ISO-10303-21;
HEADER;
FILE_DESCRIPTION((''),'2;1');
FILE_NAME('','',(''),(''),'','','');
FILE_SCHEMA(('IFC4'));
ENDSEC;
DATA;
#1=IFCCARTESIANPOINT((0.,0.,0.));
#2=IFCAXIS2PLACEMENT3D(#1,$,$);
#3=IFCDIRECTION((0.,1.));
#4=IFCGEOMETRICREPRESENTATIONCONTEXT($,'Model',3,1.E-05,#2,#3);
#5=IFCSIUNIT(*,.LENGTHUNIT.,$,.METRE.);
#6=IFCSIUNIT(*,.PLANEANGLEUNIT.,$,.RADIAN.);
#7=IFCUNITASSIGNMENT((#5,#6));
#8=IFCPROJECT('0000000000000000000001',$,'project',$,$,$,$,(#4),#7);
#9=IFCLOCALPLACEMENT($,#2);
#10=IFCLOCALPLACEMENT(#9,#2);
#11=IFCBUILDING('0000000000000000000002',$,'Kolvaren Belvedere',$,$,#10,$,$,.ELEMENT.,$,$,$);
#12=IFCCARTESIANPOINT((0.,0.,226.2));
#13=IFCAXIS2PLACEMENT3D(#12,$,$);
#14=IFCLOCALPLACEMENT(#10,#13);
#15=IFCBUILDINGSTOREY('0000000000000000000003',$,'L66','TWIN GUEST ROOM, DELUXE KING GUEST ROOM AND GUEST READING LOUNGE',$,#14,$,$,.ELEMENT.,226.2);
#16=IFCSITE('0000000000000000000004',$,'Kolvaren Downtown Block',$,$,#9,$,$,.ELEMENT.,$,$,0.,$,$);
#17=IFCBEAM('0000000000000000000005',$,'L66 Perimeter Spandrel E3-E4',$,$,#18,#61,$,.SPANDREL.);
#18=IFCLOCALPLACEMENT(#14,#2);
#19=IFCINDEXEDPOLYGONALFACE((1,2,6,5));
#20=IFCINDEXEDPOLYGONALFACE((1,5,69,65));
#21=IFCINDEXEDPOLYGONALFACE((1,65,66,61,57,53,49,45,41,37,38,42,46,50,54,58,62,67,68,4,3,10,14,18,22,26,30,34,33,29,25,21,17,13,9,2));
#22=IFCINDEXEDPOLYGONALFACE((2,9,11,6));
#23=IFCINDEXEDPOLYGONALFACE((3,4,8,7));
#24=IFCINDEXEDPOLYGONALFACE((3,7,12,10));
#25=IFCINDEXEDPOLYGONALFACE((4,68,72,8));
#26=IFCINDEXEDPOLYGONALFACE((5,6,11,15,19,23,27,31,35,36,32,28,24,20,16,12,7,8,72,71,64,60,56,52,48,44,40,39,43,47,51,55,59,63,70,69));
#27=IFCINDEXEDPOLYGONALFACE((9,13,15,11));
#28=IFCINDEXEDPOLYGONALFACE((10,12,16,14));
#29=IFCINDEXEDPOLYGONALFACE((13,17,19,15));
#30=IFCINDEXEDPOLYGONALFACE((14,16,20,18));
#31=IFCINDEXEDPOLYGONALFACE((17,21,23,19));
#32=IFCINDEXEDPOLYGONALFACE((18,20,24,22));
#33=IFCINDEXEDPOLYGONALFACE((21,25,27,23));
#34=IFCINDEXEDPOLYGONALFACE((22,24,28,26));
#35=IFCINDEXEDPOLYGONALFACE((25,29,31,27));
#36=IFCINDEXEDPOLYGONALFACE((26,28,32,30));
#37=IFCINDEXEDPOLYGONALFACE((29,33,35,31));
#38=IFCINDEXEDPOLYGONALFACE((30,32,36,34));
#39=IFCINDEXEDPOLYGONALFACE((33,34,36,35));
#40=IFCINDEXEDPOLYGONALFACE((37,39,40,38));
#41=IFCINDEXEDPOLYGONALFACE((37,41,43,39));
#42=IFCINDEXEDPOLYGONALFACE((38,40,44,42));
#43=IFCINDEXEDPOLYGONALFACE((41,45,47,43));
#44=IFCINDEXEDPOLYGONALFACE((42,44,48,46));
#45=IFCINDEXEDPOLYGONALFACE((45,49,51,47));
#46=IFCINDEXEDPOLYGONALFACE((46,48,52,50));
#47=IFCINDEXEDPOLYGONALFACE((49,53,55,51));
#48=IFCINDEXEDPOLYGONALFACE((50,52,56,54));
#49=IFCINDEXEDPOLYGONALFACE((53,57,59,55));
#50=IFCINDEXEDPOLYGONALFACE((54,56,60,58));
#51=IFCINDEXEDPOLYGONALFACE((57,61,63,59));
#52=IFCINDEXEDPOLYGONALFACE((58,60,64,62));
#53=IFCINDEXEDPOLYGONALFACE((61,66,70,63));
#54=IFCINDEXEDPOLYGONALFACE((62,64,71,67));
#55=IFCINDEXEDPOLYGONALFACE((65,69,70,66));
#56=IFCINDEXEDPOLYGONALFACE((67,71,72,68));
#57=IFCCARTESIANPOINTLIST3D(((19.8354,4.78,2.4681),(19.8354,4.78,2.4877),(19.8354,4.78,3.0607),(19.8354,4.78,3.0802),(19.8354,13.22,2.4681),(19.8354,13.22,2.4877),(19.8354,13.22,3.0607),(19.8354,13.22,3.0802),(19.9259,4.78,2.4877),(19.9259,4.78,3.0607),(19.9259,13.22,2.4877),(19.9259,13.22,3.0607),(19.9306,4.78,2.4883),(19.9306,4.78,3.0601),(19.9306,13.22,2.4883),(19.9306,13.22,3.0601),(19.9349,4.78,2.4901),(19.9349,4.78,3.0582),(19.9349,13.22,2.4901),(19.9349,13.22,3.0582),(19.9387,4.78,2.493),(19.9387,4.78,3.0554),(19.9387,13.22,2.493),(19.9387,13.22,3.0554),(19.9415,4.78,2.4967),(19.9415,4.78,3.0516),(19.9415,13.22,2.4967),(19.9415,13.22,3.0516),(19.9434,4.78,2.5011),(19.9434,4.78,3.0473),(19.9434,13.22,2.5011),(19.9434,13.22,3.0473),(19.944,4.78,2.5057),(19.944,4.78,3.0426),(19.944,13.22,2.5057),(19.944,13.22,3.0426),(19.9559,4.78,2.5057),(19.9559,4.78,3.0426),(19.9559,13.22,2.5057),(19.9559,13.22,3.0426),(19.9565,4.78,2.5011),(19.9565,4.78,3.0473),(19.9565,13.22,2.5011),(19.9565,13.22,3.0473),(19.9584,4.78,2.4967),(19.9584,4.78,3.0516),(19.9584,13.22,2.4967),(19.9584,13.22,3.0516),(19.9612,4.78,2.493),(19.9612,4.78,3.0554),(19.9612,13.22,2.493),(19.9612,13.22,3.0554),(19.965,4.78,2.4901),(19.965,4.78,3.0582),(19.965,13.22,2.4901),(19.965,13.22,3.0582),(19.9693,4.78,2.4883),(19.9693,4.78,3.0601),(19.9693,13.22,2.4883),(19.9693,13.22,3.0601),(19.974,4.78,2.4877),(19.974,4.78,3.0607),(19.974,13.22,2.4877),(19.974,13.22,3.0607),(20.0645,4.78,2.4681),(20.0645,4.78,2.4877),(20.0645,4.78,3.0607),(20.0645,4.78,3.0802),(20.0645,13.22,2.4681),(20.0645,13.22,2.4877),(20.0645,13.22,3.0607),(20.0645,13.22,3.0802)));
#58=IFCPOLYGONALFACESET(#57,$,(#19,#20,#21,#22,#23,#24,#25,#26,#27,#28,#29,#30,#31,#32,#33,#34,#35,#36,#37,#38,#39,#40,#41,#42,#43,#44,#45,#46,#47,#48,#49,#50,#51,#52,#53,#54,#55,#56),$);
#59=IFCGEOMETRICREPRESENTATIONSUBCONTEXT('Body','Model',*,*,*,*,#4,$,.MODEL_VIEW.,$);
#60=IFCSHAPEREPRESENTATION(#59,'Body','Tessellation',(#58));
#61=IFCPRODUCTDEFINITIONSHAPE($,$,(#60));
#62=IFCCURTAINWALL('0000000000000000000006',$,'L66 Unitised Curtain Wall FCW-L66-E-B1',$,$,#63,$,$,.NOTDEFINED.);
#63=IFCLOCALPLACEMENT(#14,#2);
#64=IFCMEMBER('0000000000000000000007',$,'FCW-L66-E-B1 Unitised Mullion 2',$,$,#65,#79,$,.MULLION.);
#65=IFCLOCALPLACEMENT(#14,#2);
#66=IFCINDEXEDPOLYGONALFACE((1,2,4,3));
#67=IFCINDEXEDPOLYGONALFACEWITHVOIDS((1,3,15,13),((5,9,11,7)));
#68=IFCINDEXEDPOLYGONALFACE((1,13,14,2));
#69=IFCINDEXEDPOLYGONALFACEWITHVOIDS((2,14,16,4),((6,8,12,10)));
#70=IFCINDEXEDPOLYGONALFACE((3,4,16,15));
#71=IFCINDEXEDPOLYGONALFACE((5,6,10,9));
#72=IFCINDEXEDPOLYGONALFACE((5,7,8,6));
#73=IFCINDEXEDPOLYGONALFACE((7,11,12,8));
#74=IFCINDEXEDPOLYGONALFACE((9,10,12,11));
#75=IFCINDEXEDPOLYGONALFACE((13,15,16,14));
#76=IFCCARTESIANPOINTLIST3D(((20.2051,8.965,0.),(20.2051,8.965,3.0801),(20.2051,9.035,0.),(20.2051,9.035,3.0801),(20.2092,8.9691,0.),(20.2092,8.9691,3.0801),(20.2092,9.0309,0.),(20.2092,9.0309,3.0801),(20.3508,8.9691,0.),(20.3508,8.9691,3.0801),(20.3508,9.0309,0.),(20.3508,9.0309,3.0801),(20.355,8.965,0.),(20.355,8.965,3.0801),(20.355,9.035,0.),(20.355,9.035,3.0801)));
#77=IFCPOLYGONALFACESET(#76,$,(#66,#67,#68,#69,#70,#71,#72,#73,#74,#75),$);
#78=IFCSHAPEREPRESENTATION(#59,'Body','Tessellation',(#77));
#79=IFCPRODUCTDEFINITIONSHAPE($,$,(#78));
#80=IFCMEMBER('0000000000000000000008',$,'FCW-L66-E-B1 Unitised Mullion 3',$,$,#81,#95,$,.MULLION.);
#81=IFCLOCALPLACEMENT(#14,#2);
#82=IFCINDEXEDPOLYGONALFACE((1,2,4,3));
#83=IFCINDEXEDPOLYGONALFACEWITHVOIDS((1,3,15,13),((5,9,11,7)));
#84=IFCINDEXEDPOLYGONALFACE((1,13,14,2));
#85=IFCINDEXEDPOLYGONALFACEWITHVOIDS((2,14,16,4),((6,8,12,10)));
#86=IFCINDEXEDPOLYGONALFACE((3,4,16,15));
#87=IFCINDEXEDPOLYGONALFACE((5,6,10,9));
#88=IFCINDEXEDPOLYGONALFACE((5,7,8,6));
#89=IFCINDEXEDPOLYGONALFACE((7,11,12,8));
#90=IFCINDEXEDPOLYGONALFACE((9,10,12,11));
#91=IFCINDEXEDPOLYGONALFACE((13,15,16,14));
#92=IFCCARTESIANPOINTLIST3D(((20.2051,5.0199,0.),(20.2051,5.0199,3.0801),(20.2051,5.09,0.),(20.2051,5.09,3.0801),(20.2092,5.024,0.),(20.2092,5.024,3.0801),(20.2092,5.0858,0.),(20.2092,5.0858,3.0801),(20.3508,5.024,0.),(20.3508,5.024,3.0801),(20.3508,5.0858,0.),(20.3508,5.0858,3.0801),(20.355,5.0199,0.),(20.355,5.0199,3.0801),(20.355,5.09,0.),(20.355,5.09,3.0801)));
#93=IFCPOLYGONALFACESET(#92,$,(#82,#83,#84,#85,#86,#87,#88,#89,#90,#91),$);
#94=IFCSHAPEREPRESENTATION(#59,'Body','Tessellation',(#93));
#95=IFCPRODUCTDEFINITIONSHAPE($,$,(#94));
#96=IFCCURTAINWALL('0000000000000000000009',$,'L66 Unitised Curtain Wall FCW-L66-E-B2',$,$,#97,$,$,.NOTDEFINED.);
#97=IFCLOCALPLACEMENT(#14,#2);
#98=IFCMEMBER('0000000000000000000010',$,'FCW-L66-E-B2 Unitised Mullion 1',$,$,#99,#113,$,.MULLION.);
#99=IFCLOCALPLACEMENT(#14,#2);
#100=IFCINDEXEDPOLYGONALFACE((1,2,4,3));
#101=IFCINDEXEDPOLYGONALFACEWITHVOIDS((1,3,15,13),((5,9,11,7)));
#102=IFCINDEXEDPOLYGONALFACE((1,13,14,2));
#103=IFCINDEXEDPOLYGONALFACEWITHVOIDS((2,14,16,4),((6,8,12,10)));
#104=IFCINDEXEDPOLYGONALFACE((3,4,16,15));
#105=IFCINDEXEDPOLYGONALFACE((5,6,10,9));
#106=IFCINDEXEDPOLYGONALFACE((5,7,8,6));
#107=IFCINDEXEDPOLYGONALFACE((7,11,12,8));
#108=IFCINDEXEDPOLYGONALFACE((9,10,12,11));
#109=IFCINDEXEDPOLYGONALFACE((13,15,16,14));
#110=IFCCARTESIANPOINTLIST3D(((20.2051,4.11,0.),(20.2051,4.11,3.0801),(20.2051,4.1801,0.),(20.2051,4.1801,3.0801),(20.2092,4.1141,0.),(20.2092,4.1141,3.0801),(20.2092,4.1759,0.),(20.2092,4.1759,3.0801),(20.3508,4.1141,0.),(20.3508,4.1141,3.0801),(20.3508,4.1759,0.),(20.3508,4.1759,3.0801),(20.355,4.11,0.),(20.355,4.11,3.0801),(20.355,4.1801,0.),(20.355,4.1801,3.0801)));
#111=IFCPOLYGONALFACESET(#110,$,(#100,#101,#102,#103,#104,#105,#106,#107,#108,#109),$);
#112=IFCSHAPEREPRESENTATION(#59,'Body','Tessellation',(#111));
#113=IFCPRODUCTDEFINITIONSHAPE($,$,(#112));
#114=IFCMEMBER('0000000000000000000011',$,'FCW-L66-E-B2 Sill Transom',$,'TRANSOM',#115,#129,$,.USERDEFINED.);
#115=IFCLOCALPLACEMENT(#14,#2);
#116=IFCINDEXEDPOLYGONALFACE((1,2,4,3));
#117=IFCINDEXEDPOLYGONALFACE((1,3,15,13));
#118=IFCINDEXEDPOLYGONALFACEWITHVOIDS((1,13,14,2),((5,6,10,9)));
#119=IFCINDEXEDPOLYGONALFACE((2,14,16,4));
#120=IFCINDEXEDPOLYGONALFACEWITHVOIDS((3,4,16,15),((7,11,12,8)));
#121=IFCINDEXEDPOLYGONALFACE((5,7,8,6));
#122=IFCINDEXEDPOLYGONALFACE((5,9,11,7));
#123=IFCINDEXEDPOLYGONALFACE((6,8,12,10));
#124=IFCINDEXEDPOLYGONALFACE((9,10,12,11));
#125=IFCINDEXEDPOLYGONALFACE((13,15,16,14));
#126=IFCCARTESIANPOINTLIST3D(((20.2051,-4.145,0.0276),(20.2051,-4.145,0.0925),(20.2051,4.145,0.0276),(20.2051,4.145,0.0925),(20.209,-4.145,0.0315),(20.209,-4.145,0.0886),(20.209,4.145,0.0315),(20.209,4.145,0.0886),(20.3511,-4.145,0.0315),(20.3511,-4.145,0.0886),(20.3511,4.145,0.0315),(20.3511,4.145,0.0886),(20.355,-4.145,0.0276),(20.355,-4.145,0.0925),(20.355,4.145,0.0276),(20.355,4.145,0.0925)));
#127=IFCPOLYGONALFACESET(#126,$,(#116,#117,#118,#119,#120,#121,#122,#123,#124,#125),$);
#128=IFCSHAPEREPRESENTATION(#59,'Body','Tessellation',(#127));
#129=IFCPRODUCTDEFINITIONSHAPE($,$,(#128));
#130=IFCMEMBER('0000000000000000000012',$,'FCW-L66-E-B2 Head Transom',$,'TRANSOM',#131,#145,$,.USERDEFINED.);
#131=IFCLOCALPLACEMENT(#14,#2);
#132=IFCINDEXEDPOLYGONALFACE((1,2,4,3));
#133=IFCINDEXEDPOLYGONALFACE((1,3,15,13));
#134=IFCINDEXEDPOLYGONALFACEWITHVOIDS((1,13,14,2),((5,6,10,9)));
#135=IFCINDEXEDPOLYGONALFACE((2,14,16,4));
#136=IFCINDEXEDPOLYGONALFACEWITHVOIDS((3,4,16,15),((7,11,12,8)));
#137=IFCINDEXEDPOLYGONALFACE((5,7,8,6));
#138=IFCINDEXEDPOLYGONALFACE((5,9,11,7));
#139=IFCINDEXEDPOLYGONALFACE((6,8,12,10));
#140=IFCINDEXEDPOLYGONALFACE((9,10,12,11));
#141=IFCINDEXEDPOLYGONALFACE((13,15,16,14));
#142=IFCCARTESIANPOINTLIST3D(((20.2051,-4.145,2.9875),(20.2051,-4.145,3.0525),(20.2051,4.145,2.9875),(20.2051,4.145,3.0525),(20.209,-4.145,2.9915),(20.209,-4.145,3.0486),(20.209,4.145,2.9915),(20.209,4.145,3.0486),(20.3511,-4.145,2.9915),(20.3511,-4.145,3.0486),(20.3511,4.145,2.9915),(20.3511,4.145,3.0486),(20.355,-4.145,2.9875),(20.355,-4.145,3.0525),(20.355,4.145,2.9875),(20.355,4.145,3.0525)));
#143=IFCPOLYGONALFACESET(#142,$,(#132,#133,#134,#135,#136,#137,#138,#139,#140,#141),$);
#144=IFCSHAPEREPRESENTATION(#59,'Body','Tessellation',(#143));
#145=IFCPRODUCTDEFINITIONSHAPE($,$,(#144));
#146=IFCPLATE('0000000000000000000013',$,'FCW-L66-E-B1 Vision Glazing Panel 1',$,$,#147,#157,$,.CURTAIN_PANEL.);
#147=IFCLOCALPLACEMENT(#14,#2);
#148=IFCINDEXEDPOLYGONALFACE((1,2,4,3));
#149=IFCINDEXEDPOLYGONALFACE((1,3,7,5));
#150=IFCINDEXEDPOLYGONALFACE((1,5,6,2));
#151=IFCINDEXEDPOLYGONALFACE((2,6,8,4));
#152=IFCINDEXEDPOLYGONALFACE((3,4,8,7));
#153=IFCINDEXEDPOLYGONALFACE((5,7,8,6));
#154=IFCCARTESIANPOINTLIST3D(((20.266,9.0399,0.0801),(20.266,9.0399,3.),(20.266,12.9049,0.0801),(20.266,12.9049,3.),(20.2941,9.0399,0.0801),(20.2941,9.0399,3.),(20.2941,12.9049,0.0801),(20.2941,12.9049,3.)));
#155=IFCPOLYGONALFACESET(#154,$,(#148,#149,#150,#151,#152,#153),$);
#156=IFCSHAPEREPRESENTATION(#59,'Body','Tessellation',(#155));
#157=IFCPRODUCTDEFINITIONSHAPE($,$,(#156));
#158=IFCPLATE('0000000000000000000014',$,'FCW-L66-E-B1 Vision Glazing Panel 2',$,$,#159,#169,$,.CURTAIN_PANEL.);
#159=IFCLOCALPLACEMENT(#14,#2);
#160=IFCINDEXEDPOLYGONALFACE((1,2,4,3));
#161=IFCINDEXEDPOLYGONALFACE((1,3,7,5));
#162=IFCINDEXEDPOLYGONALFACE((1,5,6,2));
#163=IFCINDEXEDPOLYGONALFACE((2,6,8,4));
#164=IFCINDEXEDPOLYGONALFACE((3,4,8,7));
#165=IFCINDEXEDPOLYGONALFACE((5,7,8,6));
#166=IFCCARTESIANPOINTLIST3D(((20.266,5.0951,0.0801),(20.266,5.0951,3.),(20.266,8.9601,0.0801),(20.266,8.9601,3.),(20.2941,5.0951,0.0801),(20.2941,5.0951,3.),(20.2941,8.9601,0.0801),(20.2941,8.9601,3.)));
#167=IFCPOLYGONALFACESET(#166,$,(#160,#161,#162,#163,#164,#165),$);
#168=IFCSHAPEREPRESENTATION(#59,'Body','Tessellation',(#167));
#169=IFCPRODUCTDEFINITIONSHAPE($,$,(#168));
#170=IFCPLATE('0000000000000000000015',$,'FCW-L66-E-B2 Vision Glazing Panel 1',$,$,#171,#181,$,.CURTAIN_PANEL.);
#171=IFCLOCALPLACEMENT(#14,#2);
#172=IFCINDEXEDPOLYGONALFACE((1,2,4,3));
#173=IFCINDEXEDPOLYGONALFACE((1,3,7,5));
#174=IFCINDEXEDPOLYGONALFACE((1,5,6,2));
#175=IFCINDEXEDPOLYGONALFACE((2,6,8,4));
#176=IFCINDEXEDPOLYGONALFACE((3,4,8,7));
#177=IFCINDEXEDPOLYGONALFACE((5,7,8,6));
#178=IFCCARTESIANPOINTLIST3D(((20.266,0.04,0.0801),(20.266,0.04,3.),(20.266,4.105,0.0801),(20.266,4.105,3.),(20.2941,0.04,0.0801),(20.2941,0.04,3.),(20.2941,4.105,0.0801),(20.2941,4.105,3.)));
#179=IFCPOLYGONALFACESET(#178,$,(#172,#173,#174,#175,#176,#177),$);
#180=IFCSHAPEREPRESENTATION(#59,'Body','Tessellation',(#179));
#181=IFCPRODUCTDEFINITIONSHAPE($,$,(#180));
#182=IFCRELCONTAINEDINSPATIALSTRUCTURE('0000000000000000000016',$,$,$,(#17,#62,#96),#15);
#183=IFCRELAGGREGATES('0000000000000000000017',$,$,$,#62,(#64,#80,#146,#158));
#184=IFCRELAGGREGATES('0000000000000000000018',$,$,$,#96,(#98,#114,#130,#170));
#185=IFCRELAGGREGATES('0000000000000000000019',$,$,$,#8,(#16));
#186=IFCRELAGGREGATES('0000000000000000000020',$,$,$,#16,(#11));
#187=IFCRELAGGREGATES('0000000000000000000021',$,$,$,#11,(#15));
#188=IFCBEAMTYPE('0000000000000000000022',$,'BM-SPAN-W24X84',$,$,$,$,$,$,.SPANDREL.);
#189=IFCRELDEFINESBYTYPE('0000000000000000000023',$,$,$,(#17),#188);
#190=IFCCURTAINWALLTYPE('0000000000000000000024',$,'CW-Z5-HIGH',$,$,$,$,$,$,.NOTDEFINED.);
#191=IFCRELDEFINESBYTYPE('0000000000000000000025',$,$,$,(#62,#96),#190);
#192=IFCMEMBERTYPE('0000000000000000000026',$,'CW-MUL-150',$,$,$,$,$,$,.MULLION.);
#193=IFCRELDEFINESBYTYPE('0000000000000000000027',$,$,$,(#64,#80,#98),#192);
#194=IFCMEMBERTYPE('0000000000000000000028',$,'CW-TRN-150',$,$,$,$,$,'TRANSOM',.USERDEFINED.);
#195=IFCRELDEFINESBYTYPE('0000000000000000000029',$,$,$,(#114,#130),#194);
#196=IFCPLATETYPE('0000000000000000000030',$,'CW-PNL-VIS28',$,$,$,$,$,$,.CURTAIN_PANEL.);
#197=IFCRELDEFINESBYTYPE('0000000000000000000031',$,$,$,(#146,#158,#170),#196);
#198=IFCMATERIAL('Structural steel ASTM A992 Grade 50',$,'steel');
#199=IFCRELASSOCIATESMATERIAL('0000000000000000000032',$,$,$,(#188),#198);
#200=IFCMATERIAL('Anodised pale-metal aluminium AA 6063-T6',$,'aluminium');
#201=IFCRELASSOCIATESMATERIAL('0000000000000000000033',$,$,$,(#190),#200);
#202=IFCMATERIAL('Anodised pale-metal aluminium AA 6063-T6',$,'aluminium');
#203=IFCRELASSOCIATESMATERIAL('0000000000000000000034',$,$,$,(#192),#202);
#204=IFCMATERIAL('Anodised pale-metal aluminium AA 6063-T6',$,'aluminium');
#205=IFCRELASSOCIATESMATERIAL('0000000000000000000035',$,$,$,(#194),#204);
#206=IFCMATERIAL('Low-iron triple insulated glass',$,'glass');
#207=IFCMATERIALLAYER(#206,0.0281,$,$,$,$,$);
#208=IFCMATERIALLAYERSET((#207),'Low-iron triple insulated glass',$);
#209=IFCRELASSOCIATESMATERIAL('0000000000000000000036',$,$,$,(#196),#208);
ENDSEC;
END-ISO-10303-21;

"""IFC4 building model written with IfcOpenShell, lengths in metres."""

from ifc_helpers import new_model, si_unit, direction, frame, origin, origin_2d, place, context, subcontext, project, spatial, rectangle, hollow_rectangle, i_section, extrude, material, layer, layer_set, material_profile, profile_set, type_object, element, aggregate, save


model = new_model("IFC4")

# Units and contexts
model_context = context("Model", 3, precision=1e-05, world=origin(), true_north=direction((0.0, 1.0)))
body_context = subcontext(model_context, "Body", "Model", "MODEL_VIEW")
ifc_project = project(units=[si_unit("LENGTHUNIT", "METRE"), si_unit("PLANEANGLEUNIT", "RADIAN")], contexts=[model_context])

# Site, building, storey
site_placement = place(None, origin())
site = spatial("IfcSite", under=ifc_project, at=site_placement, Name="Kolvaren Downtown Block", CompositionType="ELEMENT", RefElevation=0.0)
building_placement = place(site_placement, origin())
building = spatial("IfcBuilding", under=site, at=building_placement, Name="Kolvaren Belvedere", CompositionType="ELEMENT")
storey_placement = place(building_placement, frame((0.0, 0.0, 226.2)))
storey = spatial("IfcBuildingStorey", under=building, at=storey_placement, Name="L66", Description="TWIN GUEST ROOM, DELUXE KING GUEST ROOM AND GUEST READING LOUNGE", CompositionType="ELEMENT", Elevation=226.2)

# Beam
ifc_material_1 = material(Name="Structural steel ASTM A992 Grade 50", Category="steel")
ifc_material_profile_1 = material_profile(ifc_material_1, i_section(OverallWidth=0.229, OverallDepth=0.6121, WebThickness=0.012, FlangeThickness=0.0195, FilletRadius=0.0181, at=origin_2d()), Name="W24X84")
ifc_profile_set_1 = profile_set([ifc_material_profile_1], Name="Structural steel ASTM A992 Grade 50")
beam_type_1 = type_object("IfcBeamType", Name="BM-SPAN-W24X84", PredefinedType="SPANDREL", material=ifc_profile_set_1)
beam_1_placement = place(storey_placement, frame((19.95, 4.78, 2.7742), z_axis=(0.0, 1.0, 0.0), x_axis=(-1.0, 0.0, 0.0)))
element("IfcBeam", 1, at=beam_1_placement, inside=storey, type_object=beam_type_1, Name="L66 Perimeter Spandrel E3-E4", PredefinedType="SPANDREL", context=body_context, shape_type="SweptSolid", body=[
    extrude(i_section(OverallWidth=0.229, OverallDepth=0.6121, WebThickness=0.012, FlangeThickness=0.0195, FilletRadius=0.0181, at=origin_2d()), origin(), (0.0, 0.0, 1.0), 8.4399),
])

# Curtain walls, members
ifc_material_2 = material(Name="Anodised pale-metal aluminium AA 6063-T6", Category="aluminium")
curtain_wall_type = type_object("IfcCurtainWallType", Name="CW-Z5-HIGH", PredefinedType="NOTDEFINED", material=ifc_material_2)
curtain_wall_1_placement = place(storey_placement, origin())
curtain_wall_1 = element("IfcCurtainWall", 2, at=curtain_wall_1_placement, inside=storey, type_object=curtain_wall_type, Name="L66 Unitised Curtain Wall FCW-L66-E-B1", PredefinedType="NOTDEFINED")
ifc_material_3 = material(Name="Anodised pale-metal aluminium AA 6063-T6", Category="aluminium")
ifc_material_profile_2 = material_profile(ifc_material_3, hollow_rectangle(XDim=0.0701, YDim=0.1499, WallThickness=0.0042, at=origin_2d()), Name="ALU-MUL-150X70")
ifc_profile_set_2 = profile_set([ifc_material_profile_2], Name="Anodised pale-metal aluminium AA 6063-T6")
member_type_1 = type_object("IfcMemberType", Name="CW-MUL-150", PredefinedType="MULLION", material=ifc_profile_set_2)
member_1_placement = place(storey_placement, frame((20.28, 9.0, 0.0), z_axis=(0.0, 0.0, 1.0), x_axis=(0.0, 1.0, 0.0)))
member_1 = element("IfcMember", 3, at=member_1_placement, type_object=member_type_1, Name="FCW-L66-E-B1 Unitised Mullion 2", PredefinedType="MULLION", context=body_context, shape_type="SweptSolid", body=[
    extrude(hollow_rectangle(XDim=0.0701, YDim=0.1499, WallThickness=0.0042, at=origin_2d()), origin(), (0.0, 0.0, 1.0), 3.0801),
])
member_2_placement = place(storey_placement, frame((20.28, 5.0549, 0.0), z_axis=(0.0, 0.0, 1.0), x_axis=(0.0, 1.0, 0.0)))
member_2 = element("IfcMember", 4, at=member_2_placement, type_object=member_type_1, Name="FCW-L66-E-B1 Unitised Mullion 3", PredefinedType="MULLION", context=body_context, shape_type="SweptSolid", body=[
    extrude(hollow_rectangle(XDim=0.0701, YDim=0.1499, WallThickness=0.0042, at=origin_2d()), origin(), (0.0, 0.0, 1.0), 3.0801),
])
curtain_wall_2_placement = place(storey_placement, origin())
curtain_wall_2 = element("IfcCurtainWall", 5, at=curtain_wall_2_placement, inside=storey, type_object=curtain_wall_type, Name="L66 Unitised Curtain Wall FCW-L66-E-B2", PredefinedType="NOTDEFINED")
member_3_placement = place(storey_placement, frame((20.28, 4.145, 0.0), z_axis=(0.0, 0.0, 1.0), x_axis=(0.0, 1.0, 0.0)))
member_3 = element("IfcMember", 6, at=member_3_placement, type_object=member_type_1, Name="FCW-L66-E-B2 Unitised Mullion 1", PredefinedType="MULLION", context=body_context, shape_type="SweptSolid", body=[
    extrude(hollow_rectangle(XDim=0.0701, YDim=0.1499, WallThickness=0.0042, at=origin_2d()), origin(), (0.0, 0.0, 1.0), 3.0801),
])
ifc_material_4 = material(Name="Anodised pale-metal aluminium AA 6063-T6", Category="aluminium")
ifc_material_profile_3 = material_profile(ifc_material_4, hollow_rectangle(XDim=0.0649, YDim=0.1499, WallThickness=0.0039, at=origin_2d()), Name="ALU-TRN-150X65")
ifc_profile_set_3 = profile_set([ifc_material_profile_3], Name="Anodised pale-metal aluminium AA 6063-T6")
member_type_2 = type_object("IfcMemberType", Name="CW-TRN-150", ElementType="TRANSOM", PredefinedType="USERDEFINED", material=ifc_profile_set_3)
member_4_placement = place(storey_placement, frame((20.28, 4.145, 0.0601), z_axis=(0.0, -1.0, 0.0), x_axis=(0.0, 0.0, 1.0)))
member_4 = element("IfcMember", 7, at=member_4_placement, type_object=member_type_2, Name="FCW-L66-E-B2 Sill Transom", ObjectType="TRANSOM", PredefinedType="USERDEFINED", context=body_context, shape_type="SweptSolid", body=[
    extrude(hollow_rectangle(XDim=0.0649, YDim=0.1499, WallThickness=0.0039, at=origin_2d()), origin(), (0.0, 0.0, 1.0), 8.29),
])
member_5_placement = place(storey_placement, frame((20.28, 4.145, 3.02), z_axis=(0.0, -1.0, 0.0), x_axis=(0.0, 0.0, 1.0)))
member_5 = element("IfcMember", 8, at=member_5_placement, type_object=member_type_2, Name="FCW-L66-E-B2 Head Transom", ObjectType="TRANSOM", PredefinedType="USERDEFINED", context=body_context, shape_type="SweptSolid", body=[
    extrude(hollow_rectangle(XDim=0.0649, YDim=0.1499, WallThickness=0.0039, at=origin_2d()), origin(), (0.0, 0.0, 1.0), 8.29),
])

# Plates
ifc_material_5 = material(Name="Low-iron triple insulated glass", Category="glass")
ifc_layer_1 = layer(ifc_material_5, 0.0281)
ifc_layer_set_1 = layer_set([ifc_layer_1], Name="Low-iron triple insulated glass")
plate_type_1 = type_object("IfcPlateType", Name="CW-PNL-VIS28", PredefinedType="CURTAIN_PANEL", material=ifc_layer_set_1)
plate_1_placement = place(storey_placement, frame((20.28, 10.9724, 0.0801), z_axis=(0.0, 0.0, 1.0), x_axis=(0.0, -1.0, 0.0)))
plate_1 = element("IfcPlate", 9, at=plate_1_placement, type_object=plate_type_1, Name="FCW-L66-E-B1 Vision Glazing Panel 1", PredefinedType="CURTAIN_PANEL", context=body_context, shape_type="SweptSolid", body=[
    extrude(rectangle(XDim=3.865, YDim=0.0281, at=origin_2d()), origin(), (0.0, 0.0, 1.0), 2.9199),
])
plate_2_placement = place(storey_placement, frame((20.28, 7.0276, 0.0801), z_axis=(0.0, 0.0, 1.0), x_axis=(0.0, -1.0, 0.0)))
plate_2 = element("IfcPlate", 10, at=plate_2_placement, type_object=plate_type_1, Name="FCW-L66-E-B1 Vision Glazing Panel 2", PredefinedType="CURTAIN_PANEL", context=body_context, shape_type="SweptSolid", body=[
    extrude(rectangle(XDim=3.865, YDim=0.0281, at=origin_2d()), origin(), (0.0, 0.0, 1.0), 2.9199),
])
aggregate(curtain_wall_1, [member_1, member_2, plate_1, plate_2])
plate_3_placement = place(storey_placement, frame((20.28, 2.0725, 0.0801), z_axis=(0.0, 0.0, 1.0), x_axis=(0.0, -1.0, 0.0)))
plate_3 = element("IfcPlate", 11, at=plate_3_placement, type_object=plate_type_1, Name="FCW-L66-E-B2 Vision Glazing Panel 1", PredefinedType="CURTAIN_PANEL", context=body_context, shape_type="SweptSolid", body=[
    extrude(rectangle(XDim=4.0649, YDim=0.0281, at=origin_2d()), origin(), (0.0, 0.0, 1.0), 2.9199),
])
aggregate(curtain_wall_2, [member_3, member_4, member_5, plate_3])

save(model, "model.ifc")
